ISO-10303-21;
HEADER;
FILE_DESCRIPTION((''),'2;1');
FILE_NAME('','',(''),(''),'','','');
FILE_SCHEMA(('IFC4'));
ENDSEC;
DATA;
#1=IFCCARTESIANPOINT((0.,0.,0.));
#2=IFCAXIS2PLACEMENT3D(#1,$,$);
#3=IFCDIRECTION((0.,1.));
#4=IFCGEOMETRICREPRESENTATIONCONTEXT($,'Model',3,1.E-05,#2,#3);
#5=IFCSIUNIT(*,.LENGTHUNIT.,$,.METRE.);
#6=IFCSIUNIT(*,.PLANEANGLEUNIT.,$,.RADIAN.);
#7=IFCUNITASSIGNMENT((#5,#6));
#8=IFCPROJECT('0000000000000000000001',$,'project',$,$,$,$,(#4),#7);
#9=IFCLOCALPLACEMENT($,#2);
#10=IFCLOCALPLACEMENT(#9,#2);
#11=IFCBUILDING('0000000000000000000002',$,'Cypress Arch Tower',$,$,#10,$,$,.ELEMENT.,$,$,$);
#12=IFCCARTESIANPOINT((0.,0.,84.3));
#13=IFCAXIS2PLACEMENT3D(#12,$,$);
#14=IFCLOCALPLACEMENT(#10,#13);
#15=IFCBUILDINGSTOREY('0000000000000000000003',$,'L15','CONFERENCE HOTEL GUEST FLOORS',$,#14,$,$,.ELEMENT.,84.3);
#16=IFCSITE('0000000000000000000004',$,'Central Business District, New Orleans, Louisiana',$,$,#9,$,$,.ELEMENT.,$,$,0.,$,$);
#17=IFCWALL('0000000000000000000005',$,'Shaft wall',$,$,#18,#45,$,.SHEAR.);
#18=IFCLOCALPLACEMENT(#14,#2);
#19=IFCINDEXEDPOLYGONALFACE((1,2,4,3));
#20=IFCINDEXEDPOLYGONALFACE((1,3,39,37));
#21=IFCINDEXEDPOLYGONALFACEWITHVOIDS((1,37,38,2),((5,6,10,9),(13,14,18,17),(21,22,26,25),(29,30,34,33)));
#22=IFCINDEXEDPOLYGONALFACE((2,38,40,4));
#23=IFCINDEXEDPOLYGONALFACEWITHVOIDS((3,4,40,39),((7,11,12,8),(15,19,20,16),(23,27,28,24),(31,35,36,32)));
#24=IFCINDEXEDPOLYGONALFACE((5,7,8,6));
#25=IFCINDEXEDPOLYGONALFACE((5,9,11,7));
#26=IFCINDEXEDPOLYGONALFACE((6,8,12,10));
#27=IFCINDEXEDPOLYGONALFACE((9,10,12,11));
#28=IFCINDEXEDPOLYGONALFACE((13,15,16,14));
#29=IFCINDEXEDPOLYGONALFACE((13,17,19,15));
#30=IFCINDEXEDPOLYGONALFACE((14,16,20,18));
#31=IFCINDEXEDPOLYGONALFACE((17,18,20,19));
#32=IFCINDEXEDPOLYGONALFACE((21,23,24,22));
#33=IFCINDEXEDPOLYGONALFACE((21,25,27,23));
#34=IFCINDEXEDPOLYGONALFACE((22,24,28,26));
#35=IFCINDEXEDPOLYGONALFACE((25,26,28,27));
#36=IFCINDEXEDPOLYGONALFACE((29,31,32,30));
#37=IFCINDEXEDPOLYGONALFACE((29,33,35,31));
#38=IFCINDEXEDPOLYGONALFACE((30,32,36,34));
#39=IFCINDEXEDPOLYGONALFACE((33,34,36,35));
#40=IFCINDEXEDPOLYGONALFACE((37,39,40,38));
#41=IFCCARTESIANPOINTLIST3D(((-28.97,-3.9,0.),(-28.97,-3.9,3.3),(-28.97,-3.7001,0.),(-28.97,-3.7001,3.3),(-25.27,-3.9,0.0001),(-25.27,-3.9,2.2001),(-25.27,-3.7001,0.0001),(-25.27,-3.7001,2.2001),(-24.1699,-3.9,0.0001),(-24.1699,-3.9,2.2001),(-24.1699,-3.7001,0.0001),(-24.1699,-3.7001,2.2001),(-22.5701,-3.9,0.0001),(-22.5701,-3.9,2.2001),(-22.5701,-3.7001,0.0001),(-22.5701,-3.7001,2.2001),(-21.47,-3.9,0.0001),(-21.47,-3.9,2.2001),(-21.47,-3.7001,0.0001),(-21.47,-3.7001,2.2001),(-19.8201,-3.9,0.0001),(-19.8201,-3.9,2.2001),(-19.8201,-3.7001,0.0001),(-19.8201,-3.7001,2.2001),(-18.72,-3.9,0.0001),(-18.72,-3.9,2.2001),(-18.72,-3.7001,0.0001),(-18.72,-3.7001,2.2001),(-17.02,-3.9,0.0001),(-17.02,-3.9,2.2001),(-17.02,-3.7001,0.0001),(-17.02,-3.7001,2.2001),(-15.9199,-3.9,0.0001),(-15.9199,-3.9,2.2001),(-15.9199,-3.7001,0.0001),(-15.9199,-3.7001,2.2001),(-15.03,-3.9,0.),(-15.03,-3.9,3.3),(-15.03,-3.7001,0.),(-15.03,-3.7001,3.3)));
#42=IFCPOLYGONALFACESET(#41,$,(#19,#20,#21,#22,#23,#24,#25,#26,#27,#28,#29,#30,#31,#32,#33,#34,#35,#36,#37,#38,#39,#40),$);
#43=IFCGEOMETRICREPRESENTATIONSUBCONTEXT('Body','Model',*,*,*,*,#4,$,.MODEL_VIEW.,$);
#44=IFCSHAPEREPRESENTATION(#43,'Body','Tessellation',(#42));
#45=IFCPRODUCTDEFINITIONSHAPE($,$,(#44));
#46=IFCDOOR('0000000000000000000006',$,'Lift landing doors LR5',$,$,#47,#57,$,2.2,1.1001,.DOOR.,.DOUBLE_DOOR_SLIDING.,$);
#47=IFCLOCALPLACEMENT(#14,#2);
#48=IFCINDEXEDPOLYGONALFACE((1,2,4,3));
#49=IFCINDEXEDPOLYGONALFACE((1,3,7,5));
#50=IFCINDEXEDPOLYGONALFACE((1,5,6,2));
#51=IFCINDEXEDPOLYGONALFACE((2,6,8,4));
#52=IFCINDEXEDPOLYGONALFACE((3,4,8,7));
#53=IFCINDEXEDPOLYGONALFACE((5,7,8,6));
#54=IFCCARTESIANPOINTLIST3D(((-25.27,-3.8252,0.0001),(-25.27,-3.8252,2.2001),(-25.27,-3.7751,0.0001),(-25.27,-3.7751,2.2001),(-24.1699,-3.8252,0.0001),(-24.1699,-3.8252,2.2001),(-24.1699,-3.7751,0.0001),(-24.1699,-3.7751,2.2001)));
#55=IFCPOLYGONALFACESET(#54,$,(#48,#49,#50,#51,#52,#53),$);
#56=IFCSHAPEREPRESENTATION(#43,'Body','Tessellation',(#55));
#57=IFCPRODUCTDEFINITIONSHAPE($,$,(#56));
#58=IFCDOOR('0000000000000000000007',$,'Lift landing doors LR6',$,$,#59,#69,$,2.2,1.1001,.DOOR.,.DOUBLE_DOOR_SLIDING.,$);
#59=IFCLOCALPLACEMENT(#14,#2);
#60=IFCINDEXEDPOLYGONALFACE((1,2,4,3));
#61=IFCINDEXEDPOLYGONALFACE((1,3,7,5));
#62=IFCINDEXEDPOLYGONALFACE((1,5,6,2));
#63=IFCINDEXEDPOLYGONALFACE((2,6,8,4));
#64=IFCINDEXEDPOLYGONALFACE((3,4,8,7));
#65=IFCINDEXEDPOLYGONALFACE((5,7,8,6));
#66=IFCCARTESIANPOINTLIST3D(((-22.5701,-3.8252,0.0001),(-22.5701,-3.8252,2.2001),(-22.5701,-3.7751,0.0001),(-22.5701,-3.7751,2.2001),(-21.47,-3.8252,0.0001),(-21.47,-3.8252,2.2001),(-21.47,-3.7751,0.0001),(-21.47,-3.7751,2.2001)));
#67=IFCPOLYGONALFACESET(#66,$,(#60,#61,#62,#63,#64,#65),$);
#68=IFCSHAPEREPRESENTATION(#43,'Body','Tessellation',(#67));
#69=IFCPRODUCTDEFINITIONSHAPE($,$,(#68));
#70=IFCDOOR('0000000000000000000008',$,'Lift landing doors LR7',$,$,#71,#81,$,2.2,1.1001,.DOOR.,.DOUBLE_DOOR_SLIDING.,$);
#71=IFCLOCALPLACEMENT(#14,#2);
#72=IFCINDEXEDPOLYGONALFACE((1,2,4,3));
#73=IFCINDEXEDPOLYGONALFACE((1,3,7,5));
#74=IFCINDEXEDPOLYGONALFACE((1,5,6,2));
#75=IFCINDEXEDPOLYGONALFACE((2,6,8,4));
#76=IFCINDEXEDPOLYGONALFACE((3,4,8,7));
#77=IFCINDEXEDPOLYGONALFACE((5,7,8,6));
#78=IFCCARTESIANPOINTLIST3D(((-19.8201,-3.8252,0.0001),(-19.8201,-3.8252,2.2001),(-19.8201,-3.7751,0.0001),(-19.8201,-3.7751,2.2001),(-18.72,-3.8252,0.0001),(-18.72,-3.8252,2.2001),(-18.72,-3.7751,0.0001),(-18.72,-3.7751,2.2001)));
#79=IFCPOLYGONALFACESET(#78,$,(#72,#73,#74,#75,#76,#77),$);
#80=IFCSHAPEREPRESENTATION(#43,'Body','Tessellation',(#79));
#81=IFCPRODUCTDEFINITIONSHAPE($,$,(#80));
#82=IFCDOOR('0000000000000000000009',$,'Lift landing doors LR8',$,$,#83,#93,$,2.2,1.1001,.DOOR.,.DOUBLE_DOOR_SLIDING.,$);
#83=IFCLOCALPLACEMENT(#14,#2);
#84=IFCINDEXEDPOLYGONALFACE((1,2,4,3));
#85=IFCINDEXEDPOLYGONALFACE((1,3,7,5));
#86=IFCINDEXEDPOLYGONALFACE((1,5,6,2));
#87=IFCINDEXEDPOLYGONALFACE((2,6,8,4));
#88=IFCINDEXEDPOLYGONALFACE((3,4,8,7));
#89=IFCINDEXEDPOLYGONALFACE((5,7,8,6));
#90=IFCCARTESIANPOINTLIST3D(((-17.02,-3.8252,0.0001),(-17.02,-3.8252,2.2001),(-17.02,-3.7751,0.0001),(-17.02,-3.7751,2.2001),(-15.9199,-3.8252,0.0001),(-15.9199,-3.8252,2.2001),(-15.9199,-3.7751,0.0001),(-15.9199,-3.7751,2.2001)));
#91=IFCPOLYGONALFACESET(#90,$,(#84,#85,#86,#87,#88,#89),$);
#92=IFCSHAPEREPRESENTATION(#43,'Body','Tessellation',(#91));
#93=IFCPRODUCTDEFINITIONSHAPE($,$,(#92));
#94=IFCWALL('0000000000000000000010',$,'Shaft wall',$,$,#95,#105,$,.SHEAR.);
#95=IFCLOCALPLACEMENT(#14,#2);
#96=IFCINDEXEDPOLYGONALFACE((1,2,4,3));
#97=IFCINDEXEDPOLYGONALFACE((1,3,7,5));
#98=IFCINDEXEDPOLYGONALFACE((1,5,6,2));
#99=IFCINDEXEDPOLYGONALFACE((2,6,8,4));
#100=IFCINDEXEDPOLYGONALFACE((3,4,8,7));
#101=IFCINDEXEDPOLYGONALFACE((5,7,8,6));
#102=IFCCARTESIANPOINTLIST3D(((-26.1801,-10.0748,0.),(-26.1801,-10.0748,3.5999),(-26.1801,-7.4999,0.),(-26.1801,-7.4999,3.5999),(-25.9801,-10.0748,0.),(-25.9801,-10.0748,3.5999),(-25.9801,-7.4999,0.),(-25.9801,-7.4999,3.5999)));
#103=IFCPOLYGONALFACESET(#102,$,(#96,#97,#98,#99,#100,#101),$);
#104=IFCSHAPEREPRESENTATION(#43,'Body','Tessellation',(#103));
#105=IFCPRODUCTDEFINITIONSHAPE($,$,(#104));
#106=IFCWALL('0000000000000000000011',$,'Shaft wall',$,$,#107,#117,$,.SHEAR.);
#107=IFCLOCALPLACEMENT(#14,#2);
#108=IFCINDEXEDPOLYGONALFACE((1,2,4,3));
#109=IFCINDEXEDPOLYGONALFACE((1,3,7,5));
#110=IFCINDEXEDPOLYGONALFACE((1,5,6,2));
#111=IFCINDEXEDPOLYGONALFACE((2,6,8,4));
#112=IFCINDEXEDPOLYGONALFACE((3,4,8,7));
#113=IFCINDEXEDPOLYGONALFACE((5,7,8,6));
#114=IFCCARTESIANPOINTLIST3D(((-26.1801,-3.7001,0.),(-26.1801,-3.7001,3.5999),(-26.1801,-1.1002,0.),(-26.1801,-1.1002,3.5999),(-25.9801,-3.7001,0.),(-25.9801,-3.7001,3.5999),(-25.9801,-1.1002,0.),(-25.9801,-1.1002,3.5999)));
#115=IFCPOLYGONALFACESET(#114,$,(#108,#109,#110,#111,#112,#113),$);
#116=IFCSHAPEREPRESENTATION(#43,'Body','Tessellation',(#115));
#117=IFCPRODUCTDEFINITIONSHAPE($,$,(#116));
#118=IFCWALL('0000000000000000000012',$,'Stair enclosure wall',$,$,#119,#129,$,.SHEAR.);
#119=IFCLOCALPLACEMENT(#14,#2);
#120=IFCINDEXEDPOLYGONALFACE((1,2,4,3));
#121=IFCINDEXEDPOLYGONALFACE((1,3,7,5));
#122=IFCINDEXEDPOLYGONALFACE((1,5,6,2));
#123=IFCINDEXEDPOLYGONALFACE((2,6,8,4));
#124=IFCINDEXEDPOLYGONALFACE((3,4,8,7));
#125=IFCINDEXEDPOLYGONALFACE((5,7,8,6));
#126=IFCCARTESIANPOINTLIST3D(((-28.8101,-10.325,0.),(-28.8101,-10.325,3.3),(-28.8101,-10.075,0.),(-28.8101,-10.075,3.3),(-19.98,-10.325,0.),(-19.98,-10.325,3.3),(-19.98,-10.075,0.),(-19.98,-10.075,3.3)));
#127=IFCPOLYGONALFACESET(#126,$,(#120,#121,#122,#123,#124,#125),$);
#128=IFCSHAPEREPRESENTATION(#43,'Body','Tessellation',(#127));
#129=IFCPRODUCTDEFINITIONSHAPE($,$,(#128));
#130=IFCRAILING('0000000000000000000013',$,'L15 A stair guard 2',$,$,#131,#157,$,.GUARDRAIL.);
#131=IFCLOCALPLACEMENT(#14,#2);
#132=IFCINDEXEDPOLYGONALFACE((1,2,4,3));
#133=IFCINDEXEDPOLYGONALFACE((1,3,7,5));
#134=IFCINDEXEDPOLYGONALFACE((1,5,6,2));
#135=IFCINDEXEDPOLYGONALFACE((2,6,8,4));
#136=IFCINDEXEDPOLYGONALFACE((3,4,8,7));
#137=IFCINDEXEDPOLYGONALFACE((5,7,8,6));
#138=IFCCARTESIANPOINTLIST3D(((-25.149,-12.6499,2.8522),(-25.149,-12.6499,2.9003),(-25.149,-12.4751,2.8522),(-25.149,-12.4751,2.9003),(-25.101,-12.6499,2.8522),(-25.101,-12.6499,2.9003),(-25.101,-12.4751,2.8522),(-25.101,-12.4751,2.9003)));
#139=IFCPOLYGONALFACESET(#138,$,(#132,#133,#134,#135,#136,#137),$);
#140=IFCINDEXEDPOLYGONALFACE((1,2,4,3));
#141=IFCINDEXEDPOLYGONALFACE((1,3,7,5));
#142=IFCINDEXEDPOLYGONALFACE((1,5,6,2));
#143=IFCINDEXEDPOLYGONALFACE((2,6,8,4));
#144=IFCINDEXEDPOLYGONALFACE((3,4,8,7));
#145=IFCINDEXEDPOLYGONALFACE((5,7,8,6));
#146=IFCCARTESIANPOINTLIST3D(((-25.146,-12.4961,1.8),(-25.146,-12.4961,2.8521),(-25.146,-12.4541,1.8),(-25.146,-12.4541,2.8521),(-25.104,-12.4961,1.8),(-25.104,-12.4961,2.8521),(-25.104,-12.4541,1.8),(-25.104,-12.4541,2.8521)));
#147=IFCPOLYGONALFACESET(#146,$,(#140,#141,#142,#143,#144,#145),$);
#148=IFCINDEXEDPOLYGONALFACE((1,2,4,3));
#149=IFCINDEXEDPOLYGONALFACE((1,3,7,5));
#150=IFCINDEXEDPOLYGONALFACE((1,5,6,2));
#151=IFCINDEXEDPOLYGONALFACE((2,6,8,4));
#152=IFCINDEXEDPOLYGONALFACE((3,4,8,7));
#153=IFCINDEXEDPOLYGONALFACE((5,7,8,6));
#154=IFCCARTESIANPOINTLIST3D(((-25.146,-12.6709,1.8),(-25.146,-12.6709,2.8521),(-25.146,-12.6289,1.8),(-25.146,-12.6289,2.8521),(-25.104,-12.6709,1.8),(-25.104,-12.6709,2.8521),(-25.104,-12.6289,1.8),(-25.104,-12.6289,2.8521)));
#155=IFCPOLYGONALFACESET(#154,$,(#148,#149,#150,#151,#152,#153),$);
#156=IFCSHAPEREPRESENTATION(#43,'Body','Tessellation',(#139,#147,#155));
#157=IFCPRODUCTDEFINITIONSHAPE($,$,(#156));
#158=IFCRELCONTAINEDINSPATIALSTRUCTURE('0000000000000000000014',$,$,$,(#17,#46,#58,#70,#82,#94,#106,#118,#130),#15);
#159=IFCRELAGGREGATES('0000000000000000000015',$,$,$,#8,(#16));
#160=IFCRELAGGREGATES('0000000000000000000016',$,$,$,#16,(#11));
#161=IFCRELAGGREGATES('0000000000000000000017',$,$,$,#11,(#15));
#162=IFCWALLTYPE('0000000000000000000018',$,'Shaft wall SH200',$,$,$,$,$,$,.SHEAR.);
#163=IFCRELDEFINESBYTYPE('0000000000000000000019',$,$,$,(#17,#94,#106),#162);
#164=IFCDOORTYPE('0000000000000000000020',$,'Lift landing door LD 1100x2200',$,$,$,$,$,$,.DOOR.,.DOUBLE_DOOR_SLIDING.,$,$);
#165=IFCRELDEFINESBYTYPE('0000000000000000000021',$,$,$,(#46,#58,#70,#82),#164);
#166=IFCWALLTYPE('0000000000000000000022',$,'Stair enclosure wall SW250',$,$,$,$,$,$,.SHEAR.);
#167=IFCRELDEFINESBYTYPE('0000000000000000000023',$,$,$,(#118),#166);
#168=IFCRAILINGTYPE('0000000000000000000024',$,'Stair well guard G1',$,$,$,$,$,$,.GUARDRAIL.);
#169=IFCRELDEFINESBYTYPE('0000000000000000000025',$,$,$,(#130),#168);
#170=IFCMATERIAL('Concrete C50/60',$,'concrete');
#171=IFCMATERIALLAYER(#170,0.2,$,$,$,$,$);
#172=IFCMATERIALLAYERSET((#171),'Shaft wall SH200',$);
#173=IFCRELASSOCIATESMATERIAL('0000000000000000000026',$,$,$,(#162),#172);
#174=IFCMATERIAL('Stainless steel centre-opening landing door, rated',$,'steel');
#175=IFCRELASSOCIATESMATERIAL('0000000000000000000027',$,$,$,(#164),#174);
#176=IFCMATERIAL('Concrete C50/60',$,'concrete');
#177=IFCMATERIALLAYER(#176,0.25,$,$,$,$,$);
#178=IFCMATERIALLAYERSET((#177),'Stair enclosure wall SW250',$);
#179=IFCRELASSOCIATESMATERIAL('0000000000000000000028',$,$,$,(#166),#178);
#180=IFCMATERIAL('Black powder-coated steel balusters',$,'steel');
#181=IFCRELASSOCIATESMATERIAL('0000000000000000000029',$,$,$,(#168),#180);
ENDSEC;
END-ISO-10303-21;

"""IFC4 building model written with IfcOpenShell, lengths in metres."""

from ifc_helpers import new_model, si_unit, direction, frame, frame_2d, origin, origin_2d, place, context, subcontext, project, spatial, rectangle, extrude, material, layer, layer_set, type_object, element, fill, save


model = new_model("IFC4")

# Units and contexts
model_context = context("Model", 3, precision=1e-05, world=origin(), true_north=direction((0.0, 1.0)))
body_context = subcontext(model_context, "Body", "Model", "MODEL_VIEW")
ifc_project = project(units=[si_unit("LENGTHUNIT", "METRE"), si_unit("PLANEANGLEUNIT", "RADIAN")], contexts=[model_context])

# Site, building, storey
site_placement = place(None, origin())
site = spatial("IfcSite", under=ifc_project, at=site_placement, Name="Central Business District, New Orleans, Louisiana", CompositionType="ELEMENT", RefElevation=0.0)
building_placement = place(site_placement, origin())
building = spatial("IfcBuilding", under=site, at=building_placement, Name="Cypress Arch Tower", CompositionType="ELEMENT")
storey_placement = place(building_placement, frame((0.0, 0.0, 84.3)))
storey = spatial("IfcBuildingStorey", under=building, at=storey_placement, Name="L15", Description="CONFERENCE HOTEL GUEST FLOORS", CompositionType="ELEMENT", Elevation=84.3)

# Wall, openings, doors
ifc_material_1 = material(Name="Concrete C50/60", Category="concrete")
ifc_layer_1 = layer(ifc_material_1, 0.2)
ifc_layer_set_1 = layer_set([ifc_layer_1], Name="Shaft wall SH200")
wall_type_1 = type_object("IfcWallType", Name="Shaft wall SH200", PredefinedType="SHEAR", material=ifc_layer_set_1)
ifc_material_2 = material(Name="Stainless steel centre-opening landing door, rated", Category="steel")
door_type_1 = type_object("IfcDoorType", Name="Lift landing door LD 1100x2200", OperationType="DOUBLE_DOOR_SLIDING", PredefinedType="DOOR", material=ifc_material_2)
wall_1_placement = place(storey_placement, frame((-28.97, -3.8, 0.0), z_axis=(0.0, 0.0, 1.0), x_axis=(1.0, 0.0, 0.0)))
wall_1 = element("IfcWall", 1, at=wall_1_placement, inside=storey, type_object=wall_type_1, Name="Shaft wall", PredefinedType="SHEAR", context=body_context, shape_type="SweptSolid", body=[
    extrude(rectangle(XDim=13.9399, YDim=0.2, at=frame_2d((6.97, 0.0))), origin(), (0.0, 0.0, 1.0), 3.3),
])
opening_1_placement = place(wall_1_placement, frame((3.7, 0.0, 0.0)))
opening_1 = element("IfcOpeningElement", 2, at=opening_1_placement, cuts=wall_1, PredefinedType="OPENING", context=body_context, shape_type="SweptSolid", body=[
    extrude(rectangle(XDim=1.1001, YDim=2.2, at=frame_2d((0.55, 1.1001))), frame((0.0, 0.1099, 0.0), z_axis=(0.0, -1.0, 0.0), x_axis=(1.0, 0.0, 0.0)), (0.0, 0.0, 1.0), 0.22),
])
opening_2_placement = place(wall_1_placement, frame((6.3999, 0.0, 0.0)))
opening_2 = element("IfcOpeningElement", 3, at=opening_2_placement, cuts=wall_1, PredefinedType="OPENING", context=body_context, shape_type="SweptSolid", body=[
    extrude(rectangle(XDim=1.1001, YDim=2.2, at=frame_2d((0.55, 1.1001))), frame((0.0, 0.1099, 0.0), z_axis=(0.0, -1.0, 0.0), x_axis=(1.0, 0.0, 0.0)), (0.0, 0.0, 1.0), 0.22),
])
opening_3_placement = place(wall_1_placement, frame((9.1499, 0.0, 0.0)))
opening_3 = element("IfcOpeningElement", 4, at=opening_3_placement, cuts=wall_1, PredefinedType="OPENING", context=body_context, shape_type="SweptSolid", body=[
    extrude(rectangle(XDim=1.1001, YDim=2.2, at=frame_2d((0.55, 1.1001))), frame((0.0, 0.1099, 0.0), z_axis=(0.0, -1.0, 0.0), x_axis=(1.0, 0.0, 0.0)), (0.0, 0.0, 1.0), 0.22),
])
opening_4_placement = place(wall_1_placement, frame((11.95, 0.0, 0.0)))
opening_4 = element("IfcOpeningElement", 5, at=opening_4_placement, cuts=wall_1, PredefinedType="OPENING", context=body_context, shape_type="SweptSolid", body=[
    extrude(rectangle(XDim=1.1001, YDim=2.2, at=frame_2d((0.55, 1.1001))), frame((0.0, 0.1099, 0.0), z_axis=(0.0, -1.0, 0.0), x_axis=(1.0, 0.0, 0.0)), (0.0, 0.0, 1.0), 0.22),
])
door_1_placement = place(opening_1_placement, origin())
door_1 = element("IfcDoor", 6, at=door_1_placement, inside=storey, type_object=door_type_1, Name="Lift landing doors LR5", OperationType="DOUBLE_DOOR_SLIDING", OverallHeight=2.2, OverallWidth=1.1001, PredefinedType="DOOR", context=body_context, shape_type="SweptSolid", body=[
    extrude(rectangle(XDim=1.1001, YDim=2.2, at=frame_2d((0.55, 1.1001))), frame((0.0, 0.0249, 0.0), z_axis=(0.0, -1.0, 0.0), x_axis=(1.0, 0.0, 0.0)), (0.0, 0.0, 1.0), 0.05),
])
fill(opening_1, door_1)
door_2_placement = place(opening_2_placement, origin())
door_2 = element("IfcDoor", 7, at=door_2_placement, inside=storey, type_object=door_type_1, Name="Lift landing doors LR6", OperationType="DOUBLE_DOOR_SLIDING", OverallHeight=2.2, OverallWidth=1.1001, PredefinedType="DOOR", context=body_context, shape_type="SweptSolid", body=[
    extrude(rectangle(XDim=1.1001, YDim=2.2, at=frame_2d((0.55, 1.1001))), frame((0.0, 0.0249, 0.0), z_axis=(0.0, -1.0, 0.0), x_axis=(1.0, 0.0, 0.0)), (0.0, 0.0, 1.0), 0.05),
])
fill(opening_2, door_2)
door_3_placement = place(opening_3_placement, origin())
door_3 = element("IfcDoor", 8, at=door_3_placement, inside=storey, type_object=door_type_1, Name="Lift landing doors LR7", OperationType="DOUBLE_DOOR_SLIDING", OverallHeight=2.2, OverallWidth=1.1001, PredefinedType="DOOR", context=body_context, shape_type="SweptSolid", body=[
    extrude(rectangle(XDim=1.1001, YDim=2.2, at=frame_2d((0.55, 1.1001))), frame((0.0, 0.0249, 0.0), z_axis=(0.0, -1.0, 0.0), x_axis=(1.0, 0.0, 0.0)), (0.0, 0.0, 1.0), 0.05),
])
fill(opening_3, door_3)
door_4_placement = place(opening_4_placement, origin())
door_4 = element("IfcDoor", 9, at=door_4_placement, inside=storey, type_object=door_type_1, Name="Lift landing doors LR8", OperationType="DOUBLE_DOOR_SLIDING", OverallHeight=2.2, OverallWidth=1.1001, PredefinedType="DOOR", context=body_context, shape_type="SweptSolid", body=[
    extrude(rectangle(XDim=1.1001, YDim=2.2, at=frame_2d((0.55, 1.1001))), frame((0.0, 0.0249, 0.0), z_axis=(0.0, -1.0, 0.0), x_axis=(1.0, 0.0, 0.0)), (0.0, 0.0, 1.0), 0.05),
])
fill(opening_4, door_4)

# Walls
wall_2_placement = place(storey_placement, frame((-26.0801, -10.075, 0.0), z_axis=(0.0, 0.0, 1.0), x_axis=(0.0, 1.0, 0.0)))
element("IfcWall", 10, at=wall_2_placement, inside=storey, type_object=wall_type_1, Name="Shaft wall", PredefinedType="SHEAR", context=body_context, shape_type="SweptSolid", body=[
    extrude(rectangle(XDim=2.575, YDim=0.2, at=frame_2d((1.2876, 0.0))), origin(), (0.0, 0.0, 1.0), 3.5999),
])
wall_3_placement = place(storey_placement, frame((-26.0801, -3.7, 0.0), z_axis=(0.0, 0.0, 1.0), x_axis=(0.0, 1.0, 0.0)))
element("IfcWall", 11, at=wall_3_placement, inside=storey, type_object=wall_type_1, Name="Shaft wall", PredefinedType="SHEAR", context=body_context, shape_type="SweptSolid", body=[
    extrude(rectangle(XDim=2.5999, YDim=0.2, at=frame_2d((1.2998, 0.0))), origin(), (0.0, 0.0, 1.0), 3.5999),
])
ifc_material_3 = material(Name="Concrete C50/60", Category="concrete")
ifc_layer_2 = layer(ifc_material_3, 0.25)
ifc_layer_set_2 = layer_set([ifc_layer_2], Name="Stair enclosure wall SW250")
wall_type_2 = type_object("IfcWallType", Name="Stair enclosure wall SW250", PredefinedType="SHEAR", material=ifc_layer_set_2)
wall_4_placement = place(storey_placement, frame((-28.8101, -10.2, 0.0), z_axis=(0.0, 0.0, 1.0), x_axis=(1.0, 0.0, 0.0)))
element("IfcWall", 12, at=wall_4_placement, inside=storey, type_object=wall_type_2, Name="Stair enclosure wall", PredefinedType="SHEAR", context=body_context, shape_type="SweptSolid", body=[
    extrude(rectangle(XDim=8.8301, YDim=0.25, at=frame_2d((4.415, 0.0))), origin(), (0.0, 0.0, 1.0), 3.3),
])

# Railing
ifc_material_4 = material(Name="Black powder-coated steel balusters", Category="steel")
railing_type = type_object("IfcRailingType", Name="Stair well guard G1", PredefinedType="GUARDRAIL", material=ifc_material_4)
railing_placement = place(storey_placement, frame((-25.125, -12.4751, 1.8)))
element("IfcRailing", 13, at=railing_placement, inside=storey, type_object=railing_type, Name="L15 A stair guard 2", PredefinedType="GUARDRAIL", context=body_context, shape_type="SweptSolid", body=[
    extrude(rectangle(XDim=0.0481, YDim=0.0481, at=origin_2d()), frame((0.0, 0.0, 1.0762), z_axis=(0.0, -1.0, 0.0), x_axis=(1.0, 0.0, 0.0)), (0.0, 0.0, 1.0), 0.1748),
    extrude(rectangle(XDim=0.042, YDim=0.042, at=origin_2d()), origin(), (0.0, 0.0, 1.0), 1.052),
    extrude(rectangle(XDim=0.042, YDim=0.042, at=origin_2d()), frame((0.0, -0.1748, 0.0)), (0.0, 0.0, 1.0), 1.052),
])

save(model, "model.ifc")
